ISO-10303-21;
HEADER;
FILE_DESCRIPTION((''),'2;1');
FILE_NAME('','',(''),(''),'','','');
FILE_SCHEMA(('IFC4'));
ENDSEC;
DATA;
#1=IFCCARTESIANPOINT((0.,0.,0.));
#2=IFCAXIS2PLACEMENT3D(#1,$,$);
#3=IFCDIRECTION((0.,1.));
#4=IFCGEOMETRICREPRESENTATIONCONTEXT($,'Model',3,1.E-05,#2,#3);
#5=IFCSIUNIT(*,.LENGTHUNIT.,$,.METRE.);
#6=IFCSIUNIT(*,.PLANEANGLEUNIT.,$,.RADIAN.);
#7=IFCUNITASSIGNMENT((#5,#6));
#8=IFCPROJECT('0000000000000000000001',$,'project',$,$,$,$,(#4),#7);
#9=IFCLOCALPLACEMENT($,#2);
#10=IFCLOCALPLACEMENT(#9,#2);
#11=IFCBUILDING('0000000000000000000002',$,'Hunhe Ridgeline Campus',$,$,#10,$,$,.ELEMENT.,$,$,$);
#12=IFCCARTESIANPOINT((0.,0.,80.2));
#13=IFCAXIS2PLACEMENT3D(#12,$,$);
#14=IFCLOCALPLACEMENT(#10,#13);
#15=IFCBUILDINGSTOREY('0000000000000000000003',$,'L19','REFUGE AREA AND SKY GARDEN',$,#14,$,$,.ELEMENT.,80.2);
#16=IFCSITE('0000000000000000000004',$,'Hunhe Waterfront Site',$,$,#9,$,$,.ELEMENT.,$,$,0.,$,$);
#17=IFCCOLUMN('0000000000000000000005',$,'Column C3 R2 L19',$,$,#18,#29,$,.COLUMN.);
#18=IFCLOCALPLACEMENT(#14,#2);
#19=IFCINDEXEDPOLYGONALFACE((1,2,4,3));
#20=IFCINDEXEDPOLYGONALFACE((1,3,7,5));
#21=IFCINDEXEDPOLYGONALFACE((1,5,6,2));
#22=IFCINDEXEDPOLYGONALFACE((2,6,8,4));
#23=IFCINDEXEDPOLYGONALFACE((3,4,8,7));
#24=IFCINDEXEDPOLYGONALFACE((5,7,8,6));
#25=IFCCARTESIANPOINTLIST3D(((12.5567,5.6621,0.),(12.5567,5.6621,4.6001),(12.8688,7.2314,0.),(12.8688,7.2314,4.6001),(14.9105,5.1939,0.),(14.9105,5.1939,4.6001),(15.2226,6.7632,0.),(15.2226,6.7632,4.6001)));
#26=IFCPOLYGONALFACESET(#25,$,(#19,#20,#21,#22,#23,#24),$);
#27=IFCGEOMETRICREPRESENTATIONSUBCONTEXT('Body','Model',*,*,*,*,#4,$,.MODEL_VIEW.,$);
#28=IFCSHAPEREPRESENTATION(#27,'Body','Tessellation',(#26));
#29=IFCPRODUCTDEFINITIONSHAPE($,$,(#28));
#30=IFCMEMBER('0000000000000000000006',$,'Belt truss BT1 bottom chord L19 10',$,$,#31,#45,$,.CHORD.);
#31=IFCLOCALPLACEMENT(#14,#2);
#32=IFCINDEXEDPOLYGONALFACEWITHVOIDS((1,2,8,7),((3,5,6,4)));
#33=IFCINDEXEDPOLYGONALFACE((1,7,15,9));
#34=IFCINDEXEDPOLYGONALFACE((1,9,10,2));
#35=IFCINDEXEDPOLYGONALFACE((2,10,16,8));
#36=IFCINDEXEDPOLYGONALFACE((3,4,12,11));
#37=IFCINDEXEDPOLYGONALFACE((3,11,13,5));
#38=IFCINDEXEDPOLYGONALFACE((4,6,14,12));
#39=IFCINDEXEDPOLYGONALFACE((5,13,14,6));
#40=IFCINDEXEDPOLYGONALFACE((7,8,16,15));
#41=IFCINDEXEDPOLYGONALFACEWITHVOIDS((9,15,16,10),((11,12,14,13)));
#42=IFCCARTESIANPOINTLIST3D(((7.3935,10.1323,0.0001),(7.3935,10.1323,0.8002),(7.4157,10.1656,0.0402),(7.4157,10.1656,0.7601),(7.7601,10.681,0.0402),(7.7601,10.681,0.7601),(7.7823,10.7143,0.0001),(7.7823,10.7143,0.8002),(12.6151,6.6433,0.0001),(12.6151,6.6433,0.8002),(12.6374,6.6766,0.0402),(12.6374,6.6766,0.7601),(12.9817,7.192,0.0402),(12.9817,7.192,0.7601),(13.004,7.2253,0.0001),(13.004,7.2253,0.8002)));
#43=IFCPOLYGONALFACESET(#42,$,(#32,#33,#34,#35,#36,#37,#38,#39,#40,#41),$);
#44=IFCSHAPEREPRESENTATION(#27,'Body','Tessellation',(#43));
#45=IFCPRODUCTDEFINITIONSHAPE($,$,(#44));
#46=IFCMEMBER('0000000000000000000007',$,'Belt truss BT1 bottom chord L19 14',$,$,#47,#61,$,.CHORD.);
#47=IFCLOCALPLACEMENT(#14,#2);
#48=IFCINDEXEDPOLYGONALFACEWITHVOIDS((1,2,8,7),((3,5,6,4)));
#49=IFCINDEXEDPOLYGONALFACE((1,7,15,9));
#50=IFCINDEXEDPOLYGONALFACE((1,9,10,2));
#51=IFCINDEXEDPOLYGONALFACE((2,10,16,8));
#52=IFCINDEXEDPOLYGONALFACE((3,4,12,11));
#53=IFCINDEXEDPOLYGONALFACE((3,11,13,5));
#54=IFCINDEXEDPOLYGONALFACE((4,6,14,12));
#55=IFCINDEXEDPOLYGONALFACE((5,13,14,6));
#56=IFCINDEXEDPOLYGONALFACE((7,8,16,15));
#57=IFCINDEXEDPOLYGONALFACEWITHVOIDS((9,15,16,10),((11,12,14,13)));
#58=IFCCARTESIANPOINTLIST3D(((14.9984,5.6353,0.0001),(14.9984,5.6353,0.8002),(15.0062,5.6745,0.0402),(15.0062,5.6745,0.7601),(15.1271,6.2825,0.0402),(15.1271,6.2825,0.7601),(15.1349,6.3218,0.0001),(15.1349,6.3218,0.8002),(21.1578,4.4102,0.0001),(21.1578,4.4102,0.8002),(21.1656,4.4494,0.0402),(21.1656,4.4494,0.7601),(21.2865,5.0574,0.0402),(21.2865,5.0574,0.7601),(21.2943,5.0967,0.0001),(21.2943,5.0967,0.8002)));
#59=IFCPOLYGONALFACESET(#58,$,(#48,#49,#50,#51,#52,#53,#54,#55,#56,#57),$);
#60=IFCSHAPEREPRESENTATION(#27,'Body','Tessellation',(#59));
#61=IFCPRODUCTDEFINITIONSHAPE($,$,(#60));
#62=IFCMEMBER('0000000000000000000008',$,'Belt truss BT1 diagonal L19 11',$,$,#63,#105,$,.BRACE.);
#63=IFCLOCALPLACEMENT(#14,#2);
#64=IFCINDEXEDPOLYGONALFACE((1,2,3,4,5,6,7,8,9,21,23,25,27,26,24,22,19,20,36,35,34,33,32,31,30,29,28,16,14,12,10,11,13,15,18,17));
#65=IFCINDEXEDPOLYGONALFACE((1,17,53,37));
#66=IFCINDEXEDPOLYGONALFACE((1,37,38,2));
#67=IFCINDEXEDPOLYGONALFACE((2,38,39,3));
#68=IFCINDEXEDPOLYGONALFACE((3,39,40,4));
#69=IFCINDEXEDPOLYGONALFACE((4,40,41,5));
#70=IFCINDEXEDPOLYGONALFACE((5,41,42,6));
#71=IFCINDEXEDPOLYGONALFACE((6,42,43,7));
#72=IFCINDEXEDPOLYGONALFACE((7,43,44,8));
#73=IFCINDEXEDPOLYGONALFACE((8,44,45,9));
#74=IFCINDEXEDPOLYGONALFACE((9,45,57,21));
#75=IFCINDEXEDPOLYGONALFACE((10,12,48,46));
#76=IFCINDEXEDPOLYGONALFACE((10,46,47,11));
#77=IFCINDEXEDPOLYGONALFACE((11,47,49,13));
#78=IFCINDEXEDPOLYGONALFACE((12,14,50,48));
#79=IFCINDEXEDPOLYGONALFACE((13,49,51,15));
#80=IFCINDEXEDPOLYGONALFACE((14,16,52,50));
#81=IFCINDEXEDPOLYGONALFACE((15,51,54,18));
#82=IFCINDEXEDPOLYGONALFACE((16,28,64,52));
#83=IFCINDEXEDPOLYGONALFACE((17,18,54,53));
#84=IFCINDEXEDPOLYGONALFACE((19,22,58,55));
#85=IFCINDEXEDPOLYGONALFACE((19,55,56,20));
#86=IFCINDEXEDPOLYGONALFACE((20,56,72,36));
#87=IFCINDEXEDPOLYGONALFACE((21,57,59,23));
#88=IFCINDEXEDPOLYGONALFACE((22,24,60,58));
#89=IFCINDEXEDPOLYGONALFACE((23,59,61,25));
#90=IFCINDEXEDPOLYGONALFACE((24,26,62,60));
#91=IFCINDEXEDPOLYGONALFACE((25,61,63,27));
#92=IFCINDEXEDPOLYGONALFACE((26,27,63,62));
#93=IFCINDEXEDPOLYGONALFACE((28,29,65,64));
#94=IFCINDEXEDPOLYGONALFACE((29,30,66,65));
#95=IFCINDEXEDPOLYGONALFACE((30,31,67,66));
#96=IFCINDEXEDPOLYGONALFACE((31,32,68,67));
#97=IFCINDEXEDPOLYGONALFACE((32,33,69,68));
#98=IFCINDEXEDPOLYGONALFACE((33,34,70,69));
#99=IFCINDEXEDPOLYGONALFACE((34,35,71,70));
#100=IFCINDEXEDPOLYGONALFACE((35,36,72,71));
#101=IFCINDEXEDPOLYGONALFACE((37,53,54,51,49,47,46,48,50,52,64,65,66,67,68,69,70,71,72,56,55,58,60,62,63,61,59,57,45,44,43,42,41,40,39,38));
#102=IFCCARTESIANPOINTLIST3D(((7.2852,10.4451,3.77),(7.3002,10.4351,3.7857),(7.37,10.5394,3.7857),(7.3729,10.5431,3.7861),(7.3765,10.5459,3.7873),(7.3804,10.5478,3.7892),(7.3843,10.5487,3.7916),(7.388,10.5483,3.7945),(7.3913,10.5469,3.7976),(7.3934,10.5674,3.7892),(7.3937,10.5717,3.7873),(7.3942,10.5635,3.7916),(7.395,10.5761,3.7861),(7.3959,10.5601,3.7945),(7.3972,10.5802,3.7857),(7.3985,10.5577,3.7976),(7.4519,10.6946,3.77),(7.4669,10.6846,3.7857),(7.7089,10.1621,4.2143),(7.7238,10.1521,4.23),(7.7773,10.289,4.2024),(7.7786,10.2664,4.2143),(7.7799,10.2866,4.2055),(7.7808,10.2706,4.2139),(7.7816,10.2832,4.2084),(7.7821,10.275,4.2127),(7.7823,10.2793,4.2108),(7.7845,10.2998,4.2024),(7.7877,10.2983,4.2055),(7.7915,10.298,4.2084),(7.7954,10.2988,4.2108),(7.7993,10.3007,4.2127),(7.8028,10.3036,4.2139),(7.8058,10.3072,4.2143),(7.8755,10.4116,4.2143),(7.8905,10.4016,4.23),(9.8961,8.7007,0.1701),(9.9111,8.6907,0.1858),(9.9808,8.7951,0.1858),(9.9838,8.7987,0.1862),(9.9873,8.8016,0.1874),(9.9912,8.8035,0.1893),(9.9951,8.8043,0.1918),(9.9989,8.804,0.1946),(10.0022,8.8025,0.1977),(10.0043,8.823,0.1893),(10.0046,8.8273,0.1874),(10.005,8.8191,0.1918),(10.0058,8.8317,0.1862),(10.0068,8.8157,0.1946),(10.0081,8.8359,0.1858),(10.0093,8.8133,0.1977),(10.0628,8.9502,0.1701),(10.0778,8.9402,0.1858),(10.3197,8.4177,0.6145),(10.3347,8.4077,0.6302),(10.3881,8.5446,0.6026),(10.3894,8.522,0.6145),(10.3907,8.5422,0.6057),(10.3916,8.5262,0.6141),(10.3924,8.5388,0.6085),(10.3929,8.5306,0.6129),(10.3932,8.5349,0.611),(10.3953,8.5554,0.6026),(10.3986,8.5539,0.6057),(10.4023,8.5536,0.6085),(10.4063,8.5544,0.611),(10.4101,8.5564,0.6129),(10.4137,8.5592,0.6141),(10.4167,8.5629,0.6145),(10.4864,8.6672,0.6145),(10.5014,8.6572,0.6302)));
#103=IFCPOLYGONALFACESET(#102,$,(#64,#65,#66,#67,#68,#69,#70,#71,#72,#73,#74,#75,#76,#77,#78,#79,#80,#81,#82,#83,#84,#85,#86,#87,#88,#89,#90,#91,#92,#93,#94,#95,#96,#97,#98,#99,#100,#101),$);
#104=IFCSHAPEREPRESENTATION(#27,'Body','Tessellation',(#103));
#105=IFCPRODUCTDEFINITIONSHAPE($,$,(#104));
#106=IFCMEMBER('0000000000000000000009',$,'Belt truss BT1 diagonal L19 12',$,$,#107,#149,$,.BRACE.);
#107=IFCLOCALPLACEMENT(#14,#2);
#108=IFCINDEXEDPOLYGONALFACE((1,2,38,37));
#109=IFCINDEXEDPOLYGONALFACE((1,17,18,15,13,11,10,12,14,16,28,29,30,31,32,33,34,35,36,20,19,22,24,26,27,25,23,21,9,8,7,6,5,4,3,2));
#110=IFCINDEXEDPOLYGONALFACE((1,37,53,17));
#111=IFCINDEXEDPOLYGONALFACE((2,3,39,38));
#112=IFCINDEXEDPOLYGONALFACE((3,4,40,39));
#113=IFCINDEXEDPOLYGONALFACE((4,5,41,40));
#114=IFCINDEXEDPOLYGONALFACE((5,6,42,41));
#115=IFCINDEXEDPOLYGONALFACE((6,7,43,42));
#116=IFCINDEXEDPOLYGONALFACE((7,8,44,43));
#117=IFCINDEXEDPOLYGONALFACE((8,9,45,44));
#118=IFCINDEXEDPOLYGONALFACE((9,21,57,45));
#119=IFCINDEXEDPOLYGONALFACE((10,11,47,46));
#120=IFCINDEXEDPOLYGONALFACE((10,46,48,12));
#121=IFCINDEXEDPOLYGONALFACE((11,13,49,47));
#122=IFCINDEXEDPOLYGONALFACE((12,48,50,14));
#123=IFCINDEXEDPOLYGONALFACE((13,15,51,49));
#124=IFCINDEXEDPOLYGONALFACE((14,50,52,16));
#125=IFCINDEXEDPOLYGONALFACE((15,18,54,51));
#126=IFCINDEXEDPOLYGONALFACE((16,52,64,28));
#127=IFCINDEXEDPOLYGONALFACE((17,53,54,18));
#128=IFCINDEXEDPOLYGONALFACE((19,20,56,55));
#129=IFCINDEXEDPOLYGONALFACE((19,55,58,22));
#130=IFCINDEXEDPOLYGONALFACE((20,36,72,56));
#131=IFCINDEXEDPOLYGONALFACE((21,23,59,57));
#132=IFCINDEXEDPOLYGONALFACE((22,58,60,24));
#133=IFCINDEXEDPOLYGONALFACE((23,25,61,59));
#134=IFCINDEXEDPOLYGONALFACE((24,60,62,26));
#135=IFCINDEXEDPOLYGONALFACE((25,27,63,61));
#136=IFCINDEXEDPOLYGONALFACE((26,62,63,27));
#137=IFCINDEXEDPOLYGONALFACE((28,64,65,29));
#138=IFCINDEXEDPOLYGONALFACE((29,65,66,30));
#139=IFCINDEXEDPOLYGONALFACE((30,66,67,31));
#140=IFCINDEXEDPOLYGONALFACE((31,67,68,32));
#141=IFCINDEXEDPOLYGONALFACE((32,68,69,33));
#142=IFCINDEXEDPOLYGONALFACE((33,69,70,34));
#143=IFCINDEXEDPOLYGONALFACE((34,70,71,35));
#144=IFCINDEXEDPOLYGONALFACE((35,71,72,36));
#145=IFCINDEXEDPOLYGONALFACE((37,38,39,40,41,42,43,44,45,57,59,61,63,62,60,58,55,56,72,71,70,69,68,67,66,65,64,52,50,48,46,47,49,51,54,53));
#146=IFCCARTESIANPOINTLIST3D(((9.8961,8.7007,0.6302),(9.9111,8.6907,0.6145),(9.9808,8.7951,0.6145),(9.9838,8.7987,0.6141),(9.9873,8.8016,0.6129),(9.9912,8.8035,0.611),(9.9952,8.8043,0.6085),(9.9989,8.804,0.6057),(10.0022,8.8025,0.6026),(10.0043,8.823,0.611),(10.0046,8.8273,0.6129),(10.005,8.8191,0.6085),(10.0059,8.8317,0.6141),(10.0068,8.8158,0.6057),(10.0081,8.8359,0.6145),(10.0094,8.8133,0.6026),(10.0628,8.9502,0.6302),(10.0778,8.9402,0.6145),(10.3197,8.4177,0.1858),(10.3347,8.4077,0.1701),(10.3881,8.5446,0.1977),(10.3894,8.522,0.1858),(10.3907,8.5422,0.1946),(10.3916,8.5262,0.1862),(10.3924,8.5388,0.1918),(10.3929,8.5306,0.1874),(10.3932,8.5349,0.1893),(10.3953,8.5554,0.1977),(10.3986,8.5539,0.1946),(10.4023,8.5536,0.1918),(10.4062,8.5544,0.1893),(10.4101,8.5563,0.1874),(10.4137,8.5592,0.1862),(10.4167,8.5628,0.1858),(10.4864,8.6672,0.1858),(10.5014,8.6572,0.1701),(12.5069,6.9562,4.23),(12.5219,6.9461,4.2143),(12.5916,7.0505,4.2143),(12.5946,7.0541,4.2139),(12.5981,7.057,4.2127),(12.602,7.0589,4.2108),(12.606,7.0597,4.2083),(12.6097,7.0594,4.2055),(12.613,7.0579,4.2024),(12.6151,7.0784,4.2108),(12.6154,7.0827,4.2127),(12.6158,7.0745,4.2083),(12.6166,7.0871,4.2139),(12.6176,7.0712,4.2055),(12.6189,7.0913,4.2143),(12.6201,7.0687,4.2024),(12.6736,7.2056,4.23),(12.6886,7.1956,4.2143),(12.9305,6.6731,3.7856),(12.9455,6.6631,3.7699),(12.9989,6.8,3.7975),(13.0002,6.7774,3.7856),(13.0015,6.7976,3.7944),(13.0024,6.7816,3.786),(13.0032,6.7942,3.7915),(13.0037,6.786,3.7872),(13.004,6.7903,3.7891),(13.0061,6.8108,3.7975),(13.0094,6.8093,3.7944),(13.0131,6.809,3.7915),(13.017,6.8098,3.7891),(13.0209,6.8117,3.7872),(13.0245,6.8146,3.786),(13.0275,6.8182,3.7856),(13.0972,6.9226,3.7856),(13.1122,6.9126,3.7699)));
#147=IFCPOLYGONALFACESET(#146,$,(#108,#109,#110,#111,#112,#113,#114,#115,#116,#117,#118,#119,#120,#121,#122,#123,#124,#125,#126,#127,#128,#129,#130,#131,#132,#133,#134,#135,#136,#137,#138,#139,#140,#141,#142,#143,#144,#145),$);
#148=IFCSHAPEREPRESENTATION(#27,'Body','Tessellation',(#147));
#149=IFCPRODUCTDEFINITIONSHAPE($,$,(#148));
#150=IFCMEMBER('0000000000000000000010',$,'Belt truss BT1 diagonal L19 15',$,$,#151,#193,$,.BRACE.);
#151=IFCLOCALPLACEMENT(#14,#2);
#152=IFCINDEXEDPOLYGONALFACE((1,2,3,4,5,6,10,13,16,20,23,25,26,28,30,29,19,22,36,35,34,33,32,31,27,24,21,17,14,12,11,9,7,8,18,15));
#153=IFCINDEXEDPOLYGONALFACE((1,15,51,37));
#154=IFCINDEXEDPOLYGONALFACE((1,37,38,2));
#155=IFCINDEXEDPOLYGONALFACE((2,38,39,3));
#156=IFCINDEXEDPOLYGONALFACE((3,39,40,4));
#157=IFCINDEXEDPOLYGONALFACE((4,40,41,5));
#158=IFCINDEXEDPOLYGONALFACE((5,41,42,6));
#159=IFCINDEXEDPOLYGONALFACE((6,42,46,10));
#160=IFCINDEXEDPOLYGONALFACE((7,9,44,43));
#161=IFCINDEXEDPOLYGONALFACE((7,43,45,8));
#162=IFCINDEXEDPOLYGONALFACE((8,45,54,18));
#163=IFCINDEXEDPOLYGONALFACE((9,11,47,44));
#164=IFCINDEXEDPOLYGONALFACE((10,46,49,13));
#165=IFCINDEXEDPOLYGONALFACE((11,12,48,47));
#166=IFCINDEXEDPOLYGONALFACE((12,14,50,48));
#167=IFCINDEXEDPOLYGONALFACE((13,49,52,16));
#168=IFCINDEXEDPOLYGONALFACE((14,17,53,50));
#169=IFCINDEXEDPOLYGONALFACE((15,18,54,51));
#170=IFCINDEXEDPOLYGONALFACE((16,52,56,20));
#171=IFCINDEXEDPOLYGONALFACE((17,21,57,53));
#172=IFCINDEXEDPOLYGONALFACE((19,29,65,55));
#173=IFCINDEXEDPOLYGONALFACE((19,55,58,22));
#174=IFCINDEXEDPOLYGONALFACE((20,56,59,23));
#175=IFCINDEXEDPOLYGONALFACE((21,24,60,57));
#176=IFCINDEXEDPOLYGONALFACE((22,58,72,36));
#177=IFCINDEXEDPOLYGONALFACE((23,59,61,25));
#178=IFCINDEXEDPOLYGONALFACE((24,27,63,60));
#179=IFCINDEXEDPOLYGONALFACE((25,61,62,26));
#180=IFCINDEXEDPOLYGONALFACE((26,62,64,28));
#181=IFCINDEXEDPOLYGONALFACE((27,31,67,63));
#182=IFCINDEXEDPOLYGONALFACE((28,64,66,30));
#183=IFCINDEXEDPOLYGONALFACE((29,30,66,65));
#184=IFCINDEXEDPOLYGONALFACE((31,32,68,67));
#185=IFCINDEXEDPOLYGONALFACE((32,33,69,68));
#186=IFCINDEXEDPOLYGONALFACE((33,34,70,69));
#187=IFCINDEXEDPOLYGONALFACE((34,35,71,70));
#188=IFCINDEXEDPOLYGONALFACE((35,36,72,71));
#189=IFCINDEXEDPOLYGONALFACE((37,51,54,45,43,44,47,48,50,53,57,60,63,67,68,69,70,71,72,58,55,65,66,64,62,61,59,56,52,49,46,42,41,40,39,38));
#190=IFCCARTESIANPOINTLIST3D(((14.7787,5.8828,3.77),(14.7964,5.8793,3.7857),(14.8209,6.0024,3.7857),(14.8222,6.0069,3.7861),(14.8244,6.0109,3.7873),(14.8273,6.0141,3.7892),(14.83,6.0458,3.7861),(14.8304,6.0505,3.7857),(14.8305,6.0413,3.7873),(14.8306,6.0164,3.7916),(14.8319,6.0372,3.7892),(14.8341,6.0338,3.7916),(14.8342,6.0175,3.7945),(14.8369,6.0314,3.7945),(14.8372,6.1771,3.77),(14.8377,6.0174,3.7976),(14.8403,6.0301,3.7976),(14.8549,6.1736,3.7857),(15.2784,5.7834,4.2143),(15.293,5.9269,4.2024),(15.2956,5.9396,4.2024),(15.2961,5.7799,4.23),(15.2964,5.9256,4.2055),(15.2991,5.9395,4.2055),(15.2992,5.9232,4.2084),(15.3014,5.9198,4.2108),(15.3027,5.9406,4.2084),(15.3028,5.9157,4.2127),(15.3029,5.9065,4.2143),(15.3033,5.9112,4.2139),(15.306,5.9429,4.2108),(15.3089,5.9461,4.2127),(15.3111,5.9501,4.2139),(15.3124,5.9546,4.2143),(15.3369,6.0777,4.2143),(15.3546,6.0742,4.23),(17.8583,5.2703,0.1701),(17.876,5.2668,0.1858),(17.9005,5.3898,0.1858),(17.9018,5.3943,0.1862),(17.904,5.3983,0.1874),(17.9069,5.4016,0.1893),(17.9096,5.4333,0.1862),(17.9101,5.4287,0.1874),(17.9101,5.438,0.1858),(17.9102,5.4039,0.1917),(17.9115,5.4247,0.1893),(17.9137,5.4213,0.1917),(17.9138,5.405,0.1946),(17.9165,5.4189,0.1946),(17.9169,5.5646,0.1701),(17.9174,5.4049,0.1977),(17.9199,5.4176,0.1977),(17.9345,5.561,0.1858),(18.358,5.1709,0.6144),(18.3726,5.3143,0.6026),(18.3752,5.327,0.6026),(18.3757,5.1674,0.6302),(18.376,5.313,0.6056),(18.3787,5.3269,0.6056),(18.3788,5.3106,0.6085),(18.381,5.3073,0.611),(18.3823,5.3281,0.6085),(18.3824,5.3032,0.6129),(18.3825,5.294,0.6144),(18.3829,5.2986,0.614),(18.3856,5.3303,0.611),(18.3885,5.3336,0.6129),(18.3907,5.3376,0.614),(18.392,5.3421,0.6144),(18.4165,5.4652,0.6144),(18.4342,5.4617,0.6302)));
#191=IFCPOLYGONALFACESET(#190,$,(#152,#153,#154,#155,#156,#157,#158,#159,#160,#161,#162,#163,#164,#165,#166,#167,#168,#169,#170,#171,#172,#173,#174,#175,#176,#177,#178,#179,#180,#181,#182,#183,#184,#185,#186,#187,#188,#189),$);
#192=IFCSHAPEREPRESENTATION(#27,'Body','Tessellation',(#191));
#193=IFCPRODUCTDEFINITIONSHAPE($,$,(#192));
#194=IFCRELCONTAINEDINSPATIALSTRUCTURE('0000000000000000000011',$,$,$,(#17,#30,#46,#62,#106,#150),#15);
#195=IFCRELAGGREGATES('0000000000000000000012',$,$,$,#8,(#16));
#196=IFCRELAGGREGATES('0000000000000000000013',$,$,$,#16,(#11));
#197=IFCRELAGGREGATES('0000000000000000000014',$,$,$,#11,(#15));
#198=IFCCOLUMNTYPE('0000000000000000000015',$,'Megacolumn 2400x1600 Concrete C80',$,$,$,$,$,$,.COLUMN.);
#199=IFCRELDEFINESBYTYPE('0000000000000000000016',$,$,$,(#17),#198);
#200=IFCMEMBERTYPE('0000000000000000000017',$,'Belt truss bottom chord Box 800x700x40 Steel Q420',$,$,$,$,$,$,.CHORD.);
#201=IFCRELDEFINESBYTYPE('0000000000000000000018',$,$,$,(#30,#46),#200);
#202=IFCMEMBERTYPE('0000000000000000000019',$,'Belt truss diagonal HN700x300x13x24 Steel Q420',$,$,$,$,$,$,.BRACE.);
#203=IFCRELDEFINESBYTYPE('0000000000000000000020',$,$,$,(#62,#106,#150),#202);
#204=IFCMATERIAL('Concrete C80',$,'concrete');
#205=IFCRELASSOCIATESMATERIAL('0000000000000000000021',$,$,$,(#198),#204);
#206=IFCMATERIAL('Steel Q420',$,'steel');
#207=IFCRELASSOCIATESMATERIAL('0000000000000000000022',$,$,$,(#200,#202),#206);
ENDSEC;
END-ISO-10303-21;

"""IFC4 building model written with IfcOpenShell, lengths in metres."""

from ifc_helpers import new_model, si_unit, direction, frame, origin, origin_2d, place, context, subcontext, project, spatial, rectangle, hollow_rectangle, i_section, extrude, material, material_profile, profile_set, type_object, element, save


model = new_model("IFC4")

# Units and contexts
model_context = context("Model", 3, precision=1e-05, world=origin(), true_north=direction((0.0, 1.0)))
body_context = subcontext(model_context, "Body", "Model", "MODEL_VIEW")
ifc_project = project(units=[si_unit("LENGTHUNIT", "METRE"), si_unit("PLANEANGLEUNIT", "RADIAN")], contexts=[model_context])

# Site, building, storey
site_placement = place(None, origin())
site = spatial("IfcSite", under=ifc_project, at=site_placement, Name="Hunhe Waterfront Site", CompositionType="ELEMENT", RefElevation=0.0)
building_placement = place(site_placement, origin())
building = spatial("IfcBuilding", under=site, at=building_placement, Name="Hunhe Ridgeline Campus", CompositionType="ELEMENT")
storey_placement = place(building_placement, frame((0.0, 0.0, 80.2)))
storey = spatial("IfcBuildingStorey", under=building, at=storey_placement, Name="L19", Description="REFUGE AREA AND SKY GARDEN", CompositionType="ELEMENT", Elevation=80.2)

# Column
ifc_material_1 = material(Name="Concrete C80", Category="concrete")
ifc_material_profile_1 = material_profile(ifc_material_1, rectangle(XDim=2.3999, YDim=1.6001, at=origin_2d()))
ifc_profile_set_1 = profile_set([ifc_material_profile_1], Name="Concrete C80")
column_type = type_object("IfcColumnType", Name="Megacolumn 2400x1600 Concrete C80", PredefinedType="COLUMN", material=ifc_profile_set_1)
column_placement = place(storey_placement, frame((13.8896, 6.2126, 0.0), z_axis=(0.0, 0.0, 1.0), x_axis=(-0.980785, 0.19509, 0.0)))
element("IfcColumn", 1, at=column_placement, inside=storey, type_object=column_type, Name="Column C3 R2 L19", PredefinedType="COLUMN", context=body_context, shape_type="SweptSolid", body=[
    extrude(rectangle(XDim=2.3999, YDim=1.6001, at=origin_2d()), origin(), (0.0, 0.0, 1.0), 4.6001),
])

# Members
ifc_material_2 = material(Name="Steel Q420", Category="steel")
ifc_material_profile_2 = material_profile(ifc_material_2, hollow_rectangle(XDim=0.7, YDim=0.8, WallThickness=0.04, at=origin_2d()))
ifc_profile_set_2 = profile_set([ifc_material_profile_2], Name="Steel Q420")
member_type_1 = type_object("IfcMemberType", Name="Belt truss bottom chord Box 800x700x40 Steel Q420", PredefinedType="CHORD", material=ifc_profile_set_2)
for number, where, z_axis, x_axis, name in (
    (2, (7.5879, 10.4233, 0.4001), (0.83147, -0.55557, 0.0), (0.55557, 0.83147, 0.0), "Belt truss BT1 bottom chord L19 10"),
    (3, (15.0667, 5.9785, 0.4001), (0.980788, -0.195077, 0.0), (0.195077, 0.980788, 0.0), "Belt truss BT1 bottom chord L19 14"),
):
    element("IfcMember", number, at=place(storey_placement, frame(where, z_axis=z_axis, x_axis=x_axis)), inside=storey, type_object=member_type_1, Name=name, PredefinedType="CHORD", context=body_context, shape_type="SweptSolid", body=[
        extrude(hollow_rectangle(XDim=0.7, YDim=0.8, WallThickness=0.04, at=origin_2d()), origin(), (0.0, 0.0, 1.0), 6.28),
    ])
ifc_material_profile_3 = material_profile(ifc_material_2, i_section(OverallWidth=0.3, OverallDepth=0.7, WebThickness=0.0129, FlangeThickness=0.0239, FilletRadius=0.0181, at=origin_2d()))
ifc_profile_set_3 = profile_set([ifc_material_profile_3], Name="Steel Q420")
member_type_2 = type_object("IfcMemberType", Name="Belt truss diagonal HN700x300x13x24 Steel Q420", PredefinedType="BRACE", material=ifc_profile_set_3)
for number, where, z_axis, x_axis, name in (
    (4, (7.5879, 10.4233, 4.0), (0.546561, -0.365175, -0.753604), (0.555543, 0.831488, 0.0), "Belt truss BT1 diagonal L19 11"),
    (5, (10.1987, 8.679, 0.4001), (0.546551, -0.365219, 0.75359), (0.555597, 0.831452, 0.0), "Belt truss BT1 diagonal L19 12"),
    (6, (15.0667, 5.9785, 4.0), (0.644694, -0.128234, -0.753608), (0.195084, 0.980786, 0.0), "Belt truss BT1 diagonal L19 15"),
):
    element("IfcMember", number, at=place(storey_placement, frame(where, z_axis=z_axis, x_axis=x_axis)), inside=storey, type_object=member_type_2, Name=name, PredefinedType="BRACE", context=body_context, shape_type="SweptSolid", body=[
        extrude(i_section(OverallWidth=0.3, OverallDepth=0.7, WebThickness=0.0129, FlangeThickness=0.0239, FilletRadius=0.0181, at=origin_2d()), origin(), (0.0, 0.0, 1.0), 4.7769),
    ])

save(model, "model.ifc")
